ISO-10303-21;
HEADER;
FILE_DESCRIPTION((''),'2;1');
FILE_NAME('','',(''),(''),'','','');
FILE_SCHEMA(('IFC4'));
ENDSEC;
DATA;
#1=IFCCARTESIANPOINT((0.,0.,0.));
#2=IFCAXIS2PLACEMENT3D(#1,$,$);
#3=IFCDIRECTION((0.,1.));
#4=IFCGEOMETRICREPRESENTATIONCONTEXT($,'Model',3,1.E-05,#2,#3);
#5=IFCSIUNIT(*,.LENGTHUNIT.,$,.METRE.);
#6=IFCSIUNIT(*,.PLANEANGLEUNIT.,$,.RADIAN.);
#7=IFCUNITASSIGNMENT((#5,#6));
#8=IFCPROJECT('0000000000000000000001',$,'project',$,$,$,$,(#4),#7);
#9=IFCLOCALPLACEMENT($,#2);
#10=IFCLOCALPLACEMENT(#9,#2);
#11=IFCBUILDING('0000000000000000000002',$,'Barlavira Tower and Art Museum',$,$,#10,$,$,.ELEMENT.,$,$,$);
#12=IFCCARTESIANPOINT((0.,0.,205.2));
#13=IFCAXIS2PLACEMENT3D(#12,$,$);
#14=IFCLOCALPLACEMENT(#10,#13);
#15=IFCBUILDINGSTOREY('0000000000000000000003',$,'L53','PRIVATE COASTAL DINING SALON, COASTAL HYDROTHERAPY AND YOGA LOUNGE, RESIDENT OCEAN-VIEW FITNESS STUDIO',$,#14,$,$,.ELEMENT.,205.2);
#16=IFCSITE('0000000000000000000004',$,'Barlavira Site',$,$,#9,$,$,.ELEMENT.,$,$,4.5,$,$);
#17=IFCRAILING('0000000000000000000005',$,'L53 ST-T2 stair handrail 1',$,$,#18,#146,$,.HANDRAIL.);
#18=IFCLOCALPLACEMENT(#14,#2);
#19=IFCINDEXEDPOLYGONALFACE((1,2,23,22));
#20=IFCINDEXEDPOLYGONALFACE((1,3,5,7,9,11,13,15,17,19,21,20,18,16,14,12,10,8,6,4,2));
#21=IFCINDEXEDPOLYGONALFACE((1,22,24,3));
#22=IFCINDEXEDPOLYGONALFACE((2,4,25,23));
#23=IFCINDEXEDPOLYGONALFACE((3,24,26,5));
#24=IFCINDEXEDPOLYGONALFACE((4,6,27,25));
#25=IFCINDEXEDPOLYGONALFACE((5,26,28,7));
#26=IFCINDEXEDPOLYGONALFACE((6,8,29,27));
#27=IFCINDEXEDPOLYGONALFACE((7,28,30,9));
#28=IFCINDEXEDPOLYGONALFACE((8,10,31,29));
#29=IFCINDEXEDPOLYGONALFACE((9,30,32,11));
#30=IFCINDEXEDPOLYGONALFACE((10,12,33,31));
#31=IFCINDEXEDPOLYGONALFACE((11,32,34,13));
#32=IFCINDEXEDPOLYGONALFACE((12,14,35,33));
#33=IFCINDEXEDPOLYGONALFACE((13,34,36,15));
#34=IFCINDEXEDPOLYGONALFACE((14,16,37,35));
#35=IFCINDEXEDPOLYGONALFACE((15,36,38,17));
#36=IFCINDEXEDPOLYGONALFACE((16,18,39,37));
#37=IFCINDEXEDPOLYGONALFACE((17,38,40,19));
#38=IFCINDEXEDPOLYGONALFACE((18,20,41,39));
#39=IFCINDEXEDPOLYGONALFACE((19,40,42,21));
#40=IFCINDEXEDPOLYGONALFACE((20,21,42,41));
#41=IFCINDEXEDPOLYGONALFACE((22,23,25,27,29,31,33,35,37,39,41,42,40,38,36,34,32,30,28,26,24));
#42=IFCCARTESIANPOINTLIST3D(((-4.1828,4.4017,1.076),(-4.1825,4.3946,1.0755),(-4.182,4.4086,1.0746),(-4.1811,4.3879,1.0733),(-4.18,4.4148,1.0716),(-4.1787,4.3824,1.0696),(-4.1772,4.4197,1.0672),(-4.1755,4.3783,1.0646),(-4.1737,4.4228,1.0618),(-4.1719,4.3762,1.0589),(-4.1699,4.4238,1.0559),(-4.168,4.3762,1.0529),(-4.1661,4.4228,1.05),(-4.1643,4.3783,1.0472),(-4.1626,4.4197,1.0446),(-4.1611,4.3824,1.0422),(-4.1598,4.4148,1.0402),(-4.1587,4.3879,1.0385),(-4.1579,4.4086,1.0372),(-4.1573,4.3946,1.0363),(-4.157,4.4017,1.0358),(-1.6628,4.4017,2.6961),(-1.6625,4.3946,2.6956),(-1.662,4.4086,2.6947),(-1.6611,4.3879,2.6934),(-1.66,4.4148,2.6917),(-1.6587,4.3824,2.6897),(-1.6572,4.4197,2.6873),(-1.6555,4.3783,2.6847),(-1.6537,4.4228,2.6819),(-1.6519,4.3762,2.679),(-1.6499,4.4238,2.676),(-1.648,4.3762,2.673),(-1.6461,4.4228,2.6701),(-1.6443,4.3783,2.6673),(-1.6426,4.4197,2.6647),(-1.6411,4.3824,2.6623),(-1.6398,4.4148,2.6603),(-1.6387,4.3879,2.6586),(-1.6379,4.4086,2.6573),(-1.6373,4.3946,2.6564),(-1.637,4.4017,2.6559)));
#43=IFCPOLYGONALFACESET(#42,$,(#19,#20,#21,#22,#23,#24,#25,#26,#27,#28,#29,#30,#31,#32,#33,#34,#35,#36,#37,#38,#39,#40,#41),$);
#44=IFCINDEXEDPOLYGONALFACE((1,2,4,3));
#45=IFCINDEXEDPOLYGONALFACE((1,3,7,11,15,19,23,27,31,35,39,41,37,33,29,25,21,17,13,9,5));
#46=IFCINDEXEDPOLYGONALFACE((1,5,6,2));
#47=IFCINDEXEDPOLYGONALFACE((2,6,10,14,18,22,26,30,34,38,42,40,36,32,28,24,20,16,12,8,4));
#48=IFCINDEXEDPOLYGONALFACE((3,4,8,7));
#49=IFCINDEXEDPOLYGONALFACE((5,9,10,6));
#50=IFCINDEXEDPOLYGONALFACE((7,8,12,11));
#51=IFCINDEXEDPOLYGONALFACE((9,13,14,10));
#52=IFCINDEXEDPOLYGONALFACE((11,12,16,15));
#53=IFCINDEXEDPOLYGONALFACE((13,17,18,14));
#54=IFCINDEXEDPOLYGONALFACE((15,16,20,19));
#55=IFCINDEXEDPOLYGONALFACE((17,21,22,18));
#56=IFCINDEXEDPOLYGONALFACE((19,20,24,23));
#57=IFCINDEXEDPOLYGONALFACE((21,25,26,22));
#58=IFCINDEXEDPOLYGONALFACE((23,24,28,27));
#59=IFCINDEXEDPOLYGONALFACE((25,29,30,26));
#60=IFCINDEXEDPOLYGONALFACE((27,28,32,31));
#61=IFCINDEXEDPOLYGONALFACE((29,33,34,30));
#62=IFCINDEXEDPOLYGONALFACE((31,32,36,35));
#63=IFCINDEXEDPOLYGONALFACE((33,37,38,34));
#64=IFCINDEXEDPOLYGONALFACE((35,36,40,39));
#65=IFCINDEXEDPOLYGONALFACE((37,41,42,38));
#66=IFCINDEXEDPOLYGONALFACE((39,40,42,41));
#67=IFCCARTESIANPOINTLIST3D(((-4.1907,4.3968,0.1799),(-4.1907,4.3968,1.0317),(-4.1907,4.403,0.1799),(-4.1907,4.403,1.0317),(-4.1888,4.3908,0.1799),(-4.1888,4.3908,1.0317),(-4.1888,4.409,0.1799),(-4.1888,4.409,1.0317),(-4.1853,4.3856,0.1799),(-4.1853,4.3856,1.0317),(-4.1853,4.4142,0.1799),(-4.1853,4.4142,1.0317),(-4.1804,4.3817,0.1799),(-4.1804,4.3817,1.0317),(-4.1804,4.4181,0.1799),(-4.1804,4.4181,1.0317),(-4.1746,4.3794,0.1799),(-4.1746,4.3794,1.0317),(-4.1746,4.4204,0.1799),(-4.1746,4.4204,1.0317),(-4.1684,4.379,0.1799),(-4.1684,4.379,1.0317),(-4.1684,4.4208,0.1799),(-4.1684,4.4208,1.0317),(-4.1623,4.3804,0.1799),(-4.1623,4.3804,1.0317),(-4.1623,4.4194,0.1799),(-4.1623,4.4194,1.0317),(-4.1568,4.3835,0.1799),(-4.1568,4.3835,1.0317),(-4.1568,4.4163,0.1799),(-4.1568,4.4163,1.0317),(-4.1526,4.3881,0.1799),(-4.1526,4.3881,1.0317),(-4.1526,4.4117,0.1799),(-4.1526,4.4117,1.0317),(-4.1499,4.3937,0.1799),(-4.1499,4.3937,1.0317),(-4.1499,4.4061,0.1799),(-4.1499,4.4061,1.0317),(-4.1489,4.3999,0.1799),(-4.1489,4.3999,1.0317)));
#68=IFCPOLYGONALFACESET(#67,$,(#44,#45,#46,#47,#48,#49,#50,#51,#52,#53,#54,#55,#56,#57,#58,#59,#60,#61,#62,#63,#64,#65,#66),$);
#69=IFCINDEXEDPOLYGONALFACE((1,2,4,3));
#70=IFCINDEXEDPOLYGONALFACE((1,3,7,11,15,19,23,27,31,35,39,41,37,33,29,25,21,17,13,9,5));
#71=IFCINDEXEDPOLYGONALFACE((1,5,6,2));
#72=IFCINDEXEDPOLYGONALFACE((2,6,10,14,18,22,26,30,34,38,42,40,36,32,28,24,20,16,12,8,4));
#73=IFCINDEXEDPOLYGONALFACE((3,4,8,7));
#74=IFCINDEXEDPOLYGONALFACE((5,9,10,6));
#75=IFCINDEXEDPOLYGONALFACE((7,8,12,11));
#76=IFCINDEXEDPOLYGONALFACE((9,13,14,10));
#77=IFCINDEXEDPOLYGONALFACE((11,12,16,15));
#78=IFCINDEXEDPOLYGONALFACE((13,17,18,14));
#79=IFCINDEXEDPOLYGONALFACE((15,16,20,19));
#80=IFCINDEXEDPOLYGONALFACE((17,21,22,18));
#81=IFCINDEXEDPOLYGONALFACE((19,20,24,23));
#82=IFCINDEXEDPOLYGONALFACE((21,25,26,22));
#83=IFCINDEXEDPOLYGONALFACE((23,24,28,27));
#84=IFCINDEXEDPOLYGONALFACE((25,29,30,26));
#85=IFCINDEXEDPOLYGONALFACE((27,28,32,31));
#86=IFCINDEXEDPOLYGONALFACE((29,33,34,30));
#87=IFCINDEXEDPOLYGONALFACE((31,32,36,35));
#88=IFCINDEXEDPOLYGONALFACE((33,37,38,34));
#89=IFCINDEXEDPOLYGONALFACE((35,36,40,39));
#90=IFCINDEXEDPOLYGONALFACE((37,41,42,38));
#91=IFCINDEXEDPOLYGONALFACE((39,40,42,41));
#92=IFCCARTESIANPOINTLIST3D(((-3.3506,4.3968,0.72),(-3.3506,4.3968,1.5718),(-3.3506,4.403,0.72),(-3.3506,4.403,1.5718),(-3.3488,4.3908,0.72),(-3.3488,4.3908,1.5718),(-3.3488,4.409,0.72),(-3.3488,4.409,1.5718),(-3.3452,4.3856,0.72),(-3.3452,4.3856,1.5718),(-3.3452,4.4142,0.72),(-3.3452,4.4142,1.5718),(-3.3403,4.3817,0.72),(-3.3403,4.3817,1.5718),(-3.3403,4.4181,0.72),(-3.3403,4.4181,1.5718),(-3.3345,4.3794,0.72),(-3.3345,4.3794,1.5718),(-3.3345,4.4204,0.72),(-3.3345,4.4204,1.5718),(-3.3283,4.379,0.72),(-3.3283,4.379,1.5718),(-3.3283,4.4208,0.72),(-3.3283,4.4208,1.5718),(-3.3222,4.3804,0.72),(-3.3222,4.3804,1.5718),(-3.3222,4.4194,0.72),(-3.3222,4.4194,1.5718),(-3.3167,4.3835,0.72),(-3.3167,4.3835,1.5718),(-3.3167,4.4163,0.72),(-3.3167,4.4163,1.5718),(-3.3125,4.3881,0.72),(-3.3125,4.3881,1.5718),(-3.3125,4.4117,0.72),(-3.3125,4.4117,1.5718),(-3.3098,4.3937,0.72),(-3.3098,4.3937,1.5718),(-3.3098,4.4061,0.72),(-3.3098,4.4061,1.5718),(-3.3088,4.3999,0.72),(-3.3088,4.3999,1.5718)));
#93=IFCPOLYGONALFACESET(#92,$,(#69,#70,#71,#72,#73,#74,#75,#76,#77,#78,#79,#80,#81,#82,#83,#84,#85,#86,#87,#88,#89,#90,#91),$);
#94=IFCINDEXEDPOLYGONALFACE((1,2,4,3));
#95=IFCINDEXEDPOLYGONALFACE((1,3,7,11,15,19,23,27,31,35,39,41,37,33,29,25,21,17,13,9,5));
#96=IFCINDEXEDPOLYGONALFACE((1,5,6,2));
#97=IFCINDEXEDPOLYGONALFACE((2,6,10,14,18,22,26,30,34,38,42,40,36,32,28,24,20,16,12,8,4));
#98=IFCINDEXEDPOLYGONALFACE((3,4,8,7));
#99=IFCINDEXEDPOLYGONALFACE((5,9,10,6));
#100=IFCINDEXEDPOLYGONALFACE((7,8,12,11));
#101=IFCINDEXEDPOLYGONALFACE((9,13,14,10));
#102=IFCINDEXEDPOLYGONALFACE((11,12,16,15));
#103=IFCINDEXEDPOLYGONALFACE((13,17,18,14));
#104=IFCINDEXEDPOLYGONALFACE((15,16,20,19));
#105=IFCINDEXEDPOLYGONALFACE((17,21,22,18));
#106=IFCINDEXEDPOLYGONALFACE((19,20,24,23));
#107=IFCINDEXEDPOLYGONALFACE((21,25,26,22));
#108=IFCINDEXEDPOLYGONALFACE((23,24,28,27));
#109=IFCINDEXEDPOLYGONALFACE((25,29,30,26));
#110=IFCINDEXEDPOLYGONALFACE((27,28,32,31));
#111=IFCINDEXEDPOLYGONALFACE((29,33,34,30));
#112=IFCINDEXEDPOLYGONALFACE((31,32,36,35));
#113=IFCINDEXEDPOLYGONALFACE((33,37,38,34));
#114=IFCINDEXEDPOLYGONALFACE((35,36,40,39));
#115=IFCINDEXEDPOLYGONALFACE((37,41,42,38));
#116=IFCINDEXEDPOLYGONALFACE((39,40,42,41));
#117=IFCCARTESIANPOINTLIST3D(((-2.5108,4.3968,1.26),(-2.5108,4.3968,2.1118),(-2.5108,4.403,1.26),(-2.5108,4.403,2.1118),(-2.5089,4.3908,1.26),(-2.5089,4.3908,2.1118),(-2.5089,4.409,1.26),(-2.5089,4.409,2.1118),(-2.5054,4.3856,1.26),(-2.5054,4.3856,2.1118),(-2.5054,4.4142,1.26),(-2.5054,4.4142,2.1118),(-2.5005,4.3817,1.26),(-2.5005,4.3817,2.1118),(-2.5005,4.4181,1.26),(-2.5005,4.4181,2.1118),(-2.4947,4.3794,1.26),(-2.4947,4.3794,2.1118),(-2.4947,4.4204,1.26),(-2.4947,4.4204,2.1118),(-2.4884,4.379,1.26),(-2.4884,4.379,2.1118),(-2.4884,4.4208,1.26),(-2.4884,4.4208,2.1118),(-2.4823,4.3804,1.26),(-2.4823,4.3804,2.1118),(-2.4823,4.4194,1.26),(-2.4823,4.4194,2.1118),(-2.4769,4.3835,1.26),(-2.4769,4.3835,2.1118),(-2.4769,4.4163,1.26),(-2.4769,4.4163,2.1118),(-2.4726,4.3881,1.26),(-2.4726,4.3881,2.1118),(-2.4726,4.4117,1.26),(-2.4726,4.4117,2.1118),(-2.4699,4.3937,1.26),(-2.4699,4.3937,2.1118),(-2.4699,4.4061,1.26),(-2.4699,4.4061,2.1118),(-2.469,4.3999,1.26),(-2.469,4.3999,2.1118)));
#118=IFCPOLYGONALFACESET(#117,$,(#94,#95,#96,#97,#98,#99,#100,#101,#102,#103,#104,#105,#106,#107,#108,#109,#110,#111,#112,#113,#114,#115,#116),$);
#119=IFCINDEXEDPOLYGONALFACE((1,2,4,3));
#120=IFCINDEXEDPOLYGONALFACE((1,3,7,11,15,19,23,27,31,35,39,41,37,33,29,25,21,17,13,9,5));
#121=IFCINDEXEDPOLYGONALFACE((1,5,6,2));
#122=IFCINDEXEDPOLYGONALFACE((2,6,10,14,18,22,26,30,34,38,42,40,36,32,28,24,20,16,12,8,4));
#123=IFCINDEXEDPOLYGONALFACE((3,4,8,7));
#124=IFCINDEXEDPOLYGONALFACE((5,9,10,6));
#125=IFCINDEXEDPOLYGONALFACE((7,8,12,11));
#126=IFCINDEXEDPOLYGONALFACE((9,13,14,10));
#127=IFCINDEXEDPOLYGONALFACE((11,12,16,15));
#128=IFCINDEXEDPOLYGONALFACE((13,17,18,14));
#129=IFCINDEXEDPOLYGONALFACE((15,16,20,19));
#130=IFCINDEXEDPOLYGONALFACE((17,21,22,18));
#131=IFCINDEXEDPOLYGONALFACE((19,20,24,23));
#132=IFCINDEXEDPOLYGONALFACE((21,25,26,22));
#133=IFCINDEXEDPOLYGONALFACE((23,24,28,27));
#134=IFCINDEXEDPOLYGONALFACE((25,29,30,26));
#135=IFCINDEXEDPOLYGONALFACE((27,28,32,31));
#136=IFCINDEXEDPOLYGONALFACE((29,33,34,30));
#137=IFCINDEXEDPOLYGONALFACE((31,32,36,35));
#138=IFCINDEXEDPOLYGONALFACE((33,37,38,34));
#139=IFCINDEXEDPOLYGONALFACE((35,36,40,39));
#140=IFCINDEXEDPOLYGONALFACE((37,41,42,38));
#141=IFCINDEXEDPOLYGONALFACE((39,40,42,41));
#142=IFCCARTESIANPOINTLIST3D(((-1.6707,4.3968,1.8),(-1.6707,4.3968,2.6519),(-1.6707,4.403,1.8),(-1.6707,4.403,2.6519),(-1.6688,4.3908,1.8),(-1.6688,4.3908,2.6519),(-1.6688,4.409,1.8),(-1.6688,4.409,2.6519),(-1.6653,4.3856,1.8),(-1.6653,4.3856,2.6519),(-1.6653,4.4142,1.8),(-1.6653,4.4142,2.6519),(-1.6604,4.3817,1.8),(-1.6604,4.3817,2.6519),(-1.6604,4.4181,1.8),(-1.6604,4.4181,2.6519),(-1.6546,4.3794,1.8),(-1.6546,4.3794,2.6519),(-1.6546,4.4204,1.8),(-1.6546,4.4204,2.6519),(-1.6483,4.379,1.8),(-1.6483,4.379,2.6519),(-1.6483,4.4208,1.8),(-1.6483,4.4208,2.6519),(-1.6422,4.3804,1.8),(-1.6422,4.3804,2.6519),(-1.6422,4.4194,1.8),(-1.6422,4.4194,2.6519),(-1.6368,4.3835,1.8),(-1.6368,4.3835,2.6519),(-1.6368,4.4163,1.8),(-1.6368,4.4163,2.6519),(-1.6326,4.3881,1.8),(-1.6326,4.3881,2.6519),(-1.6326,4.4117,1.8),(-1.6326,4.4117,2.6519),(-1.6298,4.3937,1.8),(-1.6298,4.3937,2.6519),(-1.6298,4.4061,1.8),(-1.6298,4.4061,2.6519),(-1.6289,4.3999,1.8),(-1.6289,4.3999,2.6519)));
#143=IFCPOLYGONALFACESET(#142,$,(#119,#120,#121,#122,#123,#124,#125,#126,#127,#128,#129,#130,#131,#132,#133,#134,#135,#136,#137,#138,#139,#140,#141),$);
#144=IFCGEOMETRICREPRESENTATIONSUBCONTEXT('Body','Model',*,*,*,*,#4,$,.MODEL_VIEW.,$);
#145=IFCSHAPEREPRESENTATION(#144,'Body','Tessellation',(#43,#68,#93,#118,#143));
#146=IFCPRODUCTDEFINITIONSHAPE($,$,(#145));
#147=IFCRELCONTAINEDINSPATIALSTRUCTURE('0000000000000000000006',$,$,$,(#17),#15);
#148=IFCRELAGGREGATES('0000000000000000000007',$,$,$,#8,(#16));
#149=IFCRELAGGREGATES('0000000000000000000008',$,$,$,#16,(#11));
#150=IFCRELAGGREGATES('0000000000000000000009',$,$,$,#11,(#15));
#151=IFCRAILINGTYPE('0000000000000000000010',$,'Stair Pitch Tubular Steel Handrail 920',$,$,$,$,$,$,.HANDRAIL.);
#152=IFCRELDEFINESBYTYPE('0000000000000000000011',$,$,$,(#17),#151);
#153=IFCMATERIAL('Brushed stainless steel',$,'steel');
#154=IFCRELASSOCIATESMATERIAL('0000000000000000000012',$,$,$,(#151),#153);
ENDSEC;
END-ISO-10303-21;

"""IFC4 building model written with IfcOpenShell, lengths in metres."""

from ifc_helpers import new_model, si_unit, direction, frame, origin, origin_2d, place, context, subcontext, project, spatial, circle, extrude, material, type_object, element, save


model = new_model("IFC4")

# Units and contexts
model_context = context("Model", 3, precision=1e-05, world=origin(), true_north=direction((0.0, 1.0)))
body_context = subcontext(model_context, "Body", "Model", "MODEL_VIEW")
ifc_project = project(units=[si_unit("LENGTHUNIT", "METRE"), si_unit("PLANEANGLEUNIT", "RADIAN")], contexts=[model_context])

# Site, building, storey
site_placement = place(None, origin())
site = spatial("IfcSite", under=ifc_project, at=site_placement, Name="Barlavira Site", CompositionType="ELEMENT", RefElevation=4.5)
building_placement = place(site_placement, origin())
building = spatial("IfcBuilding", under=site, at=building_placement, Name="Barlavira Tower and Art Museum", CompositionType="ELEMENT")
storey_placement = place(building_placement, frame((0.0, 0.0, 205.2)))
storey = spatial("IfcBuildingStorey", under=building, at=storey_placement, Name="L53", Description="PRIVATE COASTAL DINING SALON, COASTAL HYDROTHERAPY AND YOGA LOUNGE, RESIDENT OCEAN-VIEW FITNESS STUDIO", CompositionType="ELEMENT", Elevation=205.2)

# Shared definitions
ifc_material_1 = material(Name="Brushed stainless steel", Category="steel")

# Railing
railing_type_1 = type_object("IfcRailingType", Name="Stair Pitch Tubular Steel Handrail 920", PredefinedType="HANDRAIL", material=ifc_material_1)
railing_1_placement = place(storey_placement, frame((-4.1699, 4.3999, 0.1799)))
element("IfcRailing", 1, at=railing_1_placement, inside=storey, type_object=railing_type_1, Name="L53 ST-T2 stair handrail 1", PredefinedType="HANDRAIL", context=body_context, shape_type="SweptSolid", body=[
    extrude(circle(Radius=0.0239, at=origin_2d()), frame((0.0, 0.0, 0.876), z_axis=(0.841163, 0.0, 0.540782), x_axis=(0.0, 1.0, 0.0)), (0.0, 0.0, 1.0), 2.9958),
    extrude(circle(Radius=0.021, at=origin_2d()), origin(), (0.0, 0.0, 1.0), 0.8518),
    extrude(circle(Radius=0.021, at=origin_2d()), frame((0.8401, 0.0, 0.54)), (0.0, 0.0, 1.0), 0.8518),
    extrude(circle(Radius=0.021, at=origin_2d()), frame((1.6799, 0.0, 1.0801)), (0.0, 0.0, 1.0), 0.8518),
    extrude(circle(Radius=0.021, at=origin_2d()), frame((2.52, 0.0, 1.6201)), (0.0, 0.0, 1.0), 0.8518),
])

save(model, "model.ifc")
